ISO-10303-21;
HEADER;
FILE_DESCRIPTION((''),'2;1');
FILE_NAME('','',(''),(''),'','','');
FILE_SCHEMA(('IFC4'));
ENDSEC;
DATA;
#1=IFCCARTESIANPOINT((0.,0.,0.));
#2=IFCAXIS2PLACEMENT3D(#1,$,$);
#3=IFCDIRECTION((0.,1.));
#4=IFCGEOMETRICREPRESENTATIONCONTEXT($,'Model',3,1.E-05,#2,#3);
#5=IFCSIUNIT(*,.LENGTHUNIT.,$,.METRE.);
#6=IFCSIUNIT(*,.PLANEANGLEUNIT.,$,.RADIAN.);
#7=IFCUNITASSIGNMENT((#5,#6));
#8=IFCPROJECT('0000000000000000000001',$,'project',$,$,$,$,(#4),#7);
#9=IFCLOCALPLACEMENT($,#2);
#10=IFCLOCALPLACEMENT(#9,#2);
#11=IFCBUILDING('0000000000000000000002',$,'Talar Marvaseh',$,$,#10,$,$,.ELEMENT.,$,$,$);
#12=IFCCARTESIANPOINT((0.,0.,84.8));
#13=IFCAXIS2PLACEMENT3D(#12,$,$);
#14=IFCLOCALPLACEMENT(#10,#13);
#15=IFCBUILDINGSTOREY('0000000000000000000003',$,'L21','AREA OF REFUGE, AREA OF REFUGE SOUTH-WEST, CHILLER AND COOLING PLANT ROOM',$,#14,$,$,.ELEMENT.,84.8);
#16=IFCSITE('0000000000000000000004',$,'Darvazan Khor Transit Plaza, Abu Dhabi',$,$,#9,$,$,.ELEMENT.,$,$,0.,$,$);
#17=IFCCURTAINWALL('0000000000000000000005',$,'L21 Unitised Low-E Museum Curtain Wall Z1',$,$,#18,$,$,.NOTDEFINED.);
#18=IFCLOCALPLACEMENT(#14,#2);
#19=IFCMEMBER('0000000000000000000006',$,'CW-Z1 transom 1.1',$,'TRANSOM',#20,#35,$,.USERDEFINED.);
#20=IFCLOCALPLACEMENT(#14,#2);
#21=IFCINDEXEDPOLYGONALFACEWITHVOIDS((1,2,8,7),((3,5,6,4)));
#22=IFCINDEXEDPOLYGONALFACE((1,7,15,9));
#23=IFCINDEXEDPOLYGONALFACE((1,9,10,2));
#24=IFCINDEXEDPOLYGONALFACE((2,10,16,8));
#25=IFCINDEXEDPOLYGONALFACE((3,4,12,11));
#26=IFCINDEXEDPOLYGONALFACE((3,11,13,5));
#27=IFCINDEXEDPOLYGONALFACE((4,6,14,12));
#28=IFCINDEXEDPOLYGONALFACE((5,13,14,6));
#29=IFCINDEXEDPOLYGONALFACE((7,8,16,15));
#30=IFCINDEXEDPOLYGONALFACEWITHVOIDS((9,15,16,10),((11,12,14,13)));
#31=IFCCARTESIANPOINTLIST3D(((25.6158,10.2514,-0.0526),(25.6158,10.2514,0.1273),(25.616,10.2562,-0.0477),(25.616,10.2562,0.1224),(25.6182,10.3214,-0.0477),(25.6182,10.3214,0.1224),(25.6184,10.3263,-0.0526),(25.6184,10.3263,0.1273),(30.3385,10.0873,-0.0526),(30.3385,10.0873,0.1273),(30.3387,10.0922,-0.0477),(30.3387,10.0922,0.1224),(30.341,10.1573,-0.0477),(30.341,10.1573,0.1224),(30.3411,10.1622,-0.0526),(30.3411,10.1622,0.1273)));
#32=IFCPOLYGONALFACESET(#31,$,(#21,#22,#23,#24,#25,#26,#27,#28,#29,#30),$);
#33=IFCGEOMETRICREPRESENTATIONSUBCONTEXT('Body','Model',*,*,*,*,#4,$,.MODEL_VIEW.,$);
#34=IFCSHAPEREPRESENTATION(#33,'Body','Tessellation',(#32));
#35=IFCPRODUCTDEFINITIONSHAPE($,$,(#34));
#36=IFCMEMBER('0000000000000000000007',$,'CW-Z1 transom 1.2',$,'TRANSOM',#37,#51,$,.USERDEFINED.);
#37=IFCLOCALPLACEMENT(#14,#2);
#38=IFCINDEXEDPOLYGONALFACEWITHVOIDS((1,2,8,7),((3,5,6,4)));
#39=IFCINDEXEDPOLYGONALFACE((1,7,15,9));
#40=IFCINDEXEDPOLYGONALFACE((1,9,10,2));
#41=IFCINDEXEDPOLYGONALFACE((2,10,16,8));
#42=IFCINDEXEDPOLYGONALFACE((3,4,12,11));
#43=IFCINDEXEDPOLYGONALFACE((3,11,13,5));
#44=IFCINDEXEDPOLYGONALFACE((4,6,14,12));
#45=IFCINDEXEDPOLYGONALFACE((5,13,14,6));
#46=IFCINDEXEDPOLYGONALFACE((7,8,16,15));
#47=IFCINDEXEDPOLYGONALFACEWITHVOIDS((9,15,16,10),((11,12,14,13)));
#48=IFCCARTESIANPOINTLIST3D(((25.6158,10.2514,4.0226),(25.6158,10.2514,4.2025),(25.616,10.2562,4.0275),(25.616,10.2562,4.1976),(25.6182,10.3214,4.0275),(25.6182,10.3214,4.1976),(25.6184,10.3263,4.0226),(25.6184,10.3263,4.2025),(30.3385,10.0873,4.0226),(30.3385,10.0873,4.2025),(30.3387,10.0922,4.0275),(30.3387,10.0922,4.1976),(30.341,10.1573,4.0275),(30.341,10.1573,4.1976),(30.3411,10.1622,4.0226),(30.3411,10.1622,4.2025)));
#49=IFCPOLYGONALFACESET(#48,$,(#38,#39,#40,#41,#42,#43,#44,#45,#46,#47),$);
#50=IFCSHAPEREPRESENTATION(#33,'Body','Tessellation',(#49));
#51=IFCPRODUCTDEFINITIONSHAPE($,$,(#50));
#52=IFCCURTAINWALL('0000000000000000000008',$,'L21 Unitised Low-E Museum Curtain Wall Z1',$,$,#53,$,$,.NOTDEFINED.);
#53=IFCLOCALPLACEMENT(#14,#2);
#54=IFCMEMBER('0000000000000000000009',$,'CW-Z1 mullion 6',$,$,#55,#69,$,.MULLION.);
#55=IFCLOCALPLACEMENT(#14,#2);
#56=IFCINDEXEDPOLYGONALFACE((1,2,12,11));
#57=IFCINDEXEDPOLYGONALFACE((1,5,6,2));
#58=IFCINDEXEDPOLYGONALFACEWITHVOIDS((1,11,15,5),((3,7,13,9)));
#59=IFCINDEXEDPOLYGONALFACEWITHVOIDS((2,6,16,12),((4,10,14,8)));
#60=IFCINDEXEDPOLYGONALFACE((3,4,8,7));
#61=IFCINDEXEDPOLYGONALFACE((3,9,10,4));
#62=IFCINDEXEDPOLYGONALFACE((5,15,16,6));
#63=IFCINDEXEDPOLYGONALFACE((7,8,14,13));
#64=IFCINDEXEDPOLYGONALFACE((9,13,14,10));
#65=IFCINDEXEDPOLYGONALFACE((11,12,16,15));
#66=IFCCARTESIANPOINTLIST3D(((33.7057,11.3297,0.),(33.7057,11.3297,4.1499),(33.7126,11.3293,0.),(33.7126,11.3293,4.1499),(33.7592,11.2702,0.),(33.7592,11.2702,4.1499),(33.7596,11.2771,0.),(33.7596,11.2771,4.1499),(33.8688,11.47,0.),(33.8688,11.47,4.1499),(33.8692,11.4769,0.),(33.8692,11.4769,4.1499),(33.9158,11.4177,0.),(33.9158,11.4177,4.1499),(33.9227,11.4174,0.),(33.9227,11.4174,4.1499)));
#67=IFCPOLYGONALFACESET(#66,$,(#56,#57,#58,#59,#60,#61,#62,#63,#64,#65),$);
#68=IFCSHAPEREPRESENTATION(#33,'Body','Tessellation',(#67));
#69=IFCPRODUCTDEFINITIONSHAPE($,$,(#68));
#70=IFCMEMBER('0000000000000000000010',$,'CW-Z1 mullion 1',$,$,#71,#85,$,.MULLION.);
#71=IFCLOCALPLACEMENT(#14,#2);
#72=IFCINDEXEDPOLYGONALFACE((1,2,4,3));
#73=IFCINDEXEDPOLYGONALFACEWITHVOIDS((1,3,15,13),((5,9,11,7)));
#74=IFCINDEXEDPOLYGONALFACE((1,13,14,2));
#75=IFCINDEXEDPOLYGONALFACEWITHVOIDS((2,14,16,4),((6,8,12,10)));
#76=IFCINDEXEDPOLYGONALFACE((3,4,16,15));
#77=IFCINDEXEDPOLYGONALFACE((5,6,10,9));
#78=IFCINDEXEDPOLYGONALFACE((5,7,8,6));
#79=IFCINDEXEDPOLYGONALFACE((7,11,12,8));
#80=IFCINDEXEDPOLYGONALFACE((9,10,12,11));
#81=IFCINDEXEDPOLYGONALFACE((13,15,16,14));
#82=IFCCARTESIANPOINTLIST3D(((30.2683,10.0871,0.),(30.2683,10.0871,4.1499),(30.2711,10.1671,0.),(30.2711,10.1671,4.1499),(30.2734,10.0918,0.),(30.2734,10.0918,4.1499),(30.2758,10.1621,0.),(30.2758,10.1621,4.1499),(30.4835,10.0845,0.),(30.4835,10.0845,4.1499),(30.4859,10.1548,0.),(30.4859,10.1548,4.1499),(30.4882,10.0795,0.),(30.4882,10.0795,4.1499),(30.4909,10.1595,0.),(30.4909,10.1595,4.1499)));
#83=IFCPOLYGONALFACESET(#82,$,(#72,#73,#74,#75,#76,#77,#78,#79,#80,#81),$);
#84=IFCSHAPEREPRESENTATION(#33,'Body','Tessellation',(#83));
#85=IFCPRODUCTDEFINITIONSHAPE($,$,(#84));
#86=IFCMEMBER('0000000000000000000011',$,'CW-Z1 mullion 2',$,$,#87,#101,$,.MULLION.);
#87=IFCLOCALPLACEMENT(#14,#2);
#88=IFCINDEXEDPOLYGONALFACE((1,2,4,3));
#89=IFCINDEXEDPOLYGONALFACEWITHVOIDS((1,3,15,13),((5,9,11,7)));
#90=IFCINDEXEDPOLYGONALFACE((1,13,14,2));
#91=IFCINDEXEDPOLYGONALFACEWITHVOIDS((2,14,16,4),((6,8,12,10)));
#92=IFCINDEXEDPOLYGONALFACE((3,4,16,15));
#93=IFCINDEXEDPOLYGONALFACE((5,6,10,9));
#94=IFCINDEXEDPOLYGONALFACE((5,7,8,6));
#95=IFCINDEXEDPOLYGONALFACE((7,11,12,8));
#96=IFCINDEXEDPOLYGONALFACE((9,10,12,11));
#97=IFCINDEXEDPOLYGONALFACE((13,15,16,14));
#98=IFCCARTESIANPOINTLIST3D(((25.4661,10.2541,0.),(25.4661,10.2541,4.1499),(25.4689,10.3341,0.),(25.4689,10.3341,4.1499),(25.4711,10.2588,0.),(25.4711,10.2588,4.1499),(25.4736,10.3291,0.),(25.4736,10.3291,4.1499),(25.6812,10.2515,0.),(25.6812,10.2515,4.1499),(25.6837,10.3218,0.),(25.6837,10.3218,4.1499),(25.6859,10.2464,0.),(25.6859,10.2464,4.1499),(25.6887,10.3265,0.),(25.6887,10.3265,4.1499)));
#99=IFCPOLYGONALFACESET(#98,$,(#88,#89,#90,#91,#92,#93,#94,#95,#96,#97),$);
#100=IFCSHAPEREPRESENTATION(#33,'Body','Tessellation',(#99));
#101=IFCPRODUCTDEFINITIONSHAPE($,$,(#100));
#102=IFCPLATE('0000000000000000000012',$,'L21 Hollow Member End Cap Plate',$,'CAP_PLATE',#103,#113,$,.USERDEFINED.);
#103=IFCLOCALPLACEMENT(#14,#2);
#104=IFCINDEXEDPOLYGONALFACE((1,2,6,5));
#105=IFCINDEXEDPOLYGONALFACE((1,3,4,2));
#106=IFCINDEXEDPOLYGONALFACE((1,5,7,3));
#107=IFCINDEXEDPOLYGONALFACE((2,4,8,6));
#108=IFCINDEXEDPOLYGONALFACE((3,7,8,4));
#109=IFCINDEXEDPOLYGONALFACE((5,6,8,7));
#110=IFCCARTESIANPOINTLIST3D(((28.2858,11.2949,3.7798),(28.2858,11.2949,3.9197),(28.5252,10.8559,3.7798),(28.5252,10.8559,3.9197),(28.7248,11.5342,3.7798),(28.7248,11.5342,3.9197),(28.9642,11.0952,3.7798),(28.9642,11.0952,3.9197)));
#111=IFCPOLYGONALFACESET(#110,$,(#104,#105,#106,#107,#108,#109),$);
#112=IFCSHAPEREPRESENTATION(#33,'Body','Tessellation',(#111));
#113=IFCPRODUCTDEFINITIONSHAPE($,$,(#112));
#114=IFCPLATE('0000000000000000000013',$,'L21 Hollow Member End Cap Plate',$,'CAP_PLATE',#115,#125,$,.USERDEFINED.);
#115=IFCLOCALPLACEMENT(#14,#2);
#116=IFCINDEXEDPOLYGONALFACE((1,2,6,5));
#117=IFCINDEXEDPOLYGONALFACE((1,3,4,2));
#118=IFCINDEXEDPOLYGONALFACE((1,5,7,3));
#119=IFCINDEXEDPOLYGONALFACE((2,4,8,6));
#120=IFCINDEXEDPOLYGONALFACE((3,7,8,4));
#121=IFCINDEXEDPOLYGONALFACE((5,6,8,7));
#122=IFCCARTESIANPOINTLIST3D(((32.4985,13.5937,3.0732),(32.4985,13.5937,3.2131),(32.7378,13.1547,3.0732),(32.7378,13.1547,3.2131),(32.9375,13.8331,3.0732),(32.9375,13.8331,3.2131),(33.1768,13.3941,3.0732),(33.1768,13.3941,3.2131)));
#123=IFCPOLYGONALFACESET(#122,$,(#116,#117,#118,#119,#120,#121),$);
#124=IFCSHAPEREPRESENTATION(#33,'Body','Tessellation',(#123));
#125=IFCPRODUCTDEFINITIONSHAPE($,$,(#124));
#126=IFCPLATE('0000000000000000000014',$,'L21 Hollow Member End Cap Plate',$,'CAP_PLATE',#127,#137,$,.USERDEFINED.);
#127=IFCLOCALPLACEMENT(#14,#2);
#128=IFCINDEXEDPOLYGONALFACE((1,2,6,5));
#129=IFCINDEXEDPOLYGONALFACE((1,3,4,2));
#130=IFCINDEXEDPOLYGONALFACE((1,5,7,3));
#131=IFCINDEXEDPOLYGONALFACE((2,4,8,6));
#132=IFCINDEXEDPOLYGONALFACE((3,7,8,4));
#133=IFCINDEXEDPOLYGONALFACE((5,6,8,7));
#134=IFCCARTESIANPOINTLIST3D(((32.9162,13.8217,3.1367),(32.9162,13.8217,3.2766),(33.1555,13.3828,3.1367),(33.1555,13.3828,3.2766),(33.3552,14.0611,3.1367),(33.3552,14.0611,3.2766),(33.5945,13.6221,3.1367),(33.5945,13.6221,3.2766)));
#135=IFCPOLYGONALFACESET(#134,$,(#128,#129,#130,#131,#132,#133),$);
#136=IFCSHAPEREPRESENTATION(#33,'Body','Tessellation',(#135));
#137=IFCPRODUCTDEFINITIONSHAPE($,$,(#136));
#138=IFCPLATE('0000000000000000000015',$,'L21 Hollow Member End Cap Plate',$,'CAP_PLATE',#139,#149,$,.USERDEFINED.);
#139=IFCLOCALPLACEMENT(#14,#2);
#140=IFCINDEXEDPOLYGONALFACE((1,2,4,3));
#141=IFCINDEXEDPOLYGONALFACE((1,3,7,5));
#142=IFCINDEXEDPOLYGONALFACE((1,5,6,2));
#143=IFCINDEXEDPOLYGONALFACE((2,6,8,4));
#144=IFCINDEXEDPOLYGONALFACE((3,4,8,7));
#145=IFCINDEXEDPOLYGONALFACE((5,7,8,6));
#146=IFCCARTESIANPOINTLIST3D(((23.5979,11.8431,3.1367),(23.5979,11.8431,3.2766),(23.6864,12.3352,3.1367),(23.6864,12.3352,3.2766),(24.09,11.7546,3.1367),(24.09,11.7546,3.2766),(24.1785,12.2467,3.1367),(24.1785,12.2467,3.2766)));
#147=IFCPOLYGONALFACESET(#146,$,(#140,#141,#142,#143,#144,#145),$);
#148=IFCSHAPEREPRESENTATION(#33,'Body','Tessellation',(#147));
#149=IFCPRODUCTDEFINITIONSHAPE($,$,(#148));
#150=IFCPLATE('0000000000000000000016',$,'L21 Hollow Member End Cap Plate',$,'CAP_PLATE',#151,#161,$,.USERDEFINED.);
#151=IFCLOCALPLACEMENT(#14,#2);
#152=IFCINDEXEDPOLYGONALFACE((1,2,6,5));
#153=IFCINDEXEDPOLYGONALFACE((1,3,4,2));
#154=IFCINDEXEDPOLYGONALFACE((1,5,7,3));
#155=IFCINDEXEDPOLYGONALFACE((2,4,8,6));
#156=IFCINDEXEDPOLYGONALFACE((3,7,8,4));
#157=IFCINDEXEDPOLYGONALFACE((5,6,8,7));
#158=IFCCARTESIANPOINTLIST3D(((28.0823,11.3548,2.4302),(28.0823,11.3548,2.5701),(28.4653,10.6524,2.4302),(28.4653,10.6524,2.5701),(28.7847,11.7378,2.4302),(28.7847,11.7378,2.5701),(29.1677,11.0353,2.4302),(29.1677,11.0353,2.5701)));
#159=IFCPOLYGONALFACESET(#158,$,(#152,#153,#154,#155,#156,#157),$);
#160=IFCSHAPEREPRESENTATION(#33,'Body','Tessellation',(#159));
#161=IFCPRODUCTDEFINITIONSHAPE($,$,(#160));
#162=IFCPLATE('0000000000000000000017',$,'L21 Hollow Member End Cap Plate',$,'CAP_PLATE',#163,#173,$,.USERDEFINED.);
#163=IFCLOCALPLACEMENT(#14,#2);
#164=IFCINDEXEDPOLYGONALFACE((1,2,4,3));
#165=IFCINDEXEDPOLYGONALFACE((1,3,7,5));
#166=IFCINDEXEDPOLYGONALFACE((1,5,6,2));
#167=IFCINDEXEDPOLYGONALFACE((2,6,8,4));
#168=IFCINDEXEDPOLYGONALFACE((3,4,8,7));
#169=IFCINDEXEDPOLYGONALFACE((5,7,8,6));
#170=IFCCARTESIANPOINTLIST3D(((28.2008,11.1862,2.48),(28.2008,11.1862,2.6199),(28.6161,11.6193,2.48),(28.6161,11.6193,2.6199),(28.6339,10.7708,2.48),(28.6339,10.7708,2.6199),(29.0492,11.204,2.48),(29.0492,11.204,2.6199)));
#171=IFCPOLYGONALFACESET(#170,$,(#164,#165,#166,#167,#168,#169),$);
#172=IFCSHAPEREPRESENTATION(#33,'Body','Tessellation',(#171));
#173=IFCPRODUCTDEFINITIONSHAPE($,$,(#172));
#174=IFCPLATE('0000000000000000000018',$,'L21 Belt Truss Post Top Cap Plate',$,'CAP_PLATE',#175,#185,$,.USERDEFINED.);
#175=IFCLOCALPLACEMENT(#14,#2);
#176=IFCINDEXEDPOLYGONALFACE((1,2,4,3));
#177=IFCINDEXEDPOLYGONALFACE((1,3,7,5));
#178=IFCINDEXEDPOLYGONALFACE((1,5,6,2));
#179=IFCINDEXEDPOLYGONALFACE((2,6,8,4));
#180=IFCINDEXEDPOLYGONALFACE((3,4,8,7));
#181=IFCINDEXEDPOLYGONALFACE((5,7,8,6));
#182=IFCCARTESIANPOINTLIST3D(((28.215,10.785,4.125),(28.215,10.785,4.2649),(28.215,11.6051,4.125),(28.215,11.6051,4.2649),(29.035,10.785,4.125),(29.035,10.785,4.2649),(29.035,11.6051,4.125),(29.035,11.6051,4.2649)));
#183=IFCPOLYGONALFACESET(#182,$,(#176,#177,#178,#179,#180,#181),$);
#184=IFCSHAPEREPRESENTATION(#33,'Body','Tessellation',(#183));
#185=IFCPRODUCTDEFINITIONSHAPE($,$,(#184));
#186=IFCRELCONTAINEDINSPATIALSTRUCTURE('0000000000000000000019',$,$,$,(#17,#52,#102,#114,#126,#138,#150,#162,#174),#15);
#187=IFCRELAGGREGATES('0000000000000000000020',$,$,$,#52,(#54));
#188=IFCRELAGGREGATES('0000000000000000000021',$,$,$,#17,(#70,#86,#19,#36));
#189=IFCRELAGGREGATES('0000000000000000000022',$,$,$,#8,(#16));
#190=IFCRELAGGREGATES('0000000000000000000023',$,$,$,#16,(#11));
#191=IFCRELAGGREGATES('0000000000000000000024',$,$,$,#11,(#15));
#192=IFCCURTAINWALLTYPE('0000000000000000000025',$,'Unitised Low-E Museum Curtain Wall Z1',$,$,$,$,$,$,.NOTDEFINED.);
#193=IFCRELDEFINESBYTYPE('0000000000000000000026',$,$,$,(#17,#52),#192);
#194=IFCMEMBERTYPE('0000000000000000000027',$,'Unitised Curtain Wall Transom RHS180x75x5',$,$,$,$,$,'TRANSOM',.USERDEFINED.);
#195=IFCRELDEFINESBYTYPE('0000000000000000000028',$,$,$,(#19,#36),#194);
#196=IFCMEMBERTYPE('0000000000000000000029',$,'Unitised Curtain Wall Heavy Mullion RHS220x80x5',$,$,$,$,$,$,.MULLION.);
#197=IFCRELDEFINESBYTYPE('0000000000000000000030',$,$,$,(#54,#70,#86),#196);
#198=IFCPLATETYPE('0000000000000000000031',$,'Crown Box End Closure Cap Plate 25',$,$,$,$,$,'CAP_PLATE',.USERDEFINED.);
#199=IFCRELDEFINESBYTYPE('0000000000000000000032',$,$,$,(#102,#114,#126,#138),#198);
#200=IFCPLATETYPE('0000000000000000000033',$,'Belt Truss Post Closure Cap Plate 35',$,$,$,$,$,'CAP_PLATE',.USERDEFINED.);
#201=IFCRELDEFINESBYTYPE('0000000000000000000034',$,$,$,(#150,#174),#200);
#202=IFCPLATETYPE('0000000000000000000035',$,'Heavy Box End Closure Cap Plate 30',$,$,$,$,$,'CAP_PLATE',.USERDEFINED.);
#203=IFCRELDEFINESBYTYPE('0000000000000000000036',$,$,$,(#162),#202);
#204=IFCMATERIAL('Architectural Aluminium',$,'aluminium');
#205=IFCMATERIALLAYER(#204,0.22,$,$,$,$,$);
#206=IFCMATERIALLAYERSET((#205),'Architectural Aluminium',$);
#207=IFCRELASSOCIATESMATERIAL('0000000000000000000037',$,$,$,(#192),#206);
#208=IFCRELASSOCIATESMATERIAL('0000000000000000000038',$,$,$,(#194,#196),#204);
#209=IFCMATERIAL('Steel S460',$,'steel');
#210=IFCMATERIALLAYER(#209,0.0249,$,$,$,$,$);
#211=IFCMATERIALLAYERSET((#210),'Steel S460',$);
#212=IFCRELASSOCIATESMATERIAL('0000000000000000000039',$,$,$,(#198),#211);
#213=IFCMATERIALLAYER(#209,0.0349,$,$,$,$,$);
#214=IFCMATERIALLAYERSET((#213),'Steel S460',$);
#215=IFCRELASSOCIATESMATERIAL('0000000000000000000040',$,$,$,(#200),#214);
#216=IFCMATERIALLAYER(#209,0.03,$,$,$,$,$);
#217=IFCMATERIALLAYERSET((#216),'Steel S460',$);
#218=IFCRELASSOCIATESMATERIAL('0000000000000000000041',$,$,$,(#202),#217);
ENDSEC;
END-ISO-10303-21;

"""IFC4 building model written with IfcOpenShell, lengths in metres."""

from ifc_helpers import new_model, si_unit, direction, frame, origin, origin_2d, place, context, subcontext, project, spatial, rectangle, hollow_rectangle, extrude, source, transform, mapped, material, layer, layer_set, material_profile, profile_set, type_object, type_shapes, element, aggregate, save


model = new_model("IFC4")

# Units and contexts
model_context = context("Model", 3, precision=1e-05, world=origin(), true_north=direction((0.0, 1.0)))
body_context = subcontext(model_context, "Body", "Model", "MODEL_VIEW")
ifc_project = project(units=[si_unit("LENGTHUNIT", "METRE"), si_unit("PLANEANGLEUNIT", "RADIAN")], contexts=[model_context])

# Site, building, storey
site_placement = place(None, origin())
site = spatial("IfcSite", under=ifc_project, at=site_placement, Name="Darvazan Khor Transit Plaza, Abu Dhabi", CompositionType="ELEMENT", RefElevation=0.0)
building_placement = place(site_placement, origin())
building = spatial("IfcBuilding", under=site, at=building_placement, Name="Talar Marvaseh", CompositionType="ELEMENT")
storey_placement = place(building_placement, frame((0.0, 0.0, 84.8)))
storey = spatial("IfcBuildingStorey", under=building, at=storey_placement, Name="L21", Description="AREA OF REFUGE, AREA OF REFUGE SOUTH-WEST, CHILLER AND COOLING PLANT ROOM", CompositionType="ELEMENT", Elevation=84.8)

# Shared definitions
ifc_material_1 = material(Name="Steel S460", Category="steel")

# Curtain wall, members
ifc_material_2 = material(Name="Architectural Aluminium", Category="aluminium")
ifc_layer_1 = layer(ifc_material_2, 0.22)
ifc_layer_set_1 = layer_set([ifc_layer_1], Name="Architectural Aluminium")
curtain_wall_type = type_object("IfcCurtainWallType", Name="Unitised Low-E Museum Curtain Wall Z1", PredefinedType="NOTDEFINED", material=ifc_layer_set_1)
curtain_wall_1_placement = place(storey_placement, origin())
curtain_wall_1 = element("IfcCurtainWall", 1, at=curtain_wall_1_placement, inside=storey, type_object=curtain_wall_type, Name="L21 Unitised Low-E Museum Curtain Wall Z1", PredefinedType="NOTDEFINED")
ifc_material_profile_1 = material_profile(ifc_material_2, hollow_rectangle(XDim=0.075, YDim=0.1799, WallThickness=0.0049, at=origin_2d()), Name="RHS180x75x5")
ifc_profile_set_1 = profile_set([ifc_material_profile_1], Name="Architectural Aluminium")
member_type_1 = type_object("IfcMemberType", Name="Unitised Curtain Wall Transom RHS180x75x5", ElementType="TRANSOM", PredefinedType="USERDEFINED", material=ifc_profile_set_1)
shared_shape_1 = source(origin(), body_context, "Body", "SweptSolid", [
    extrude(hollow_rectangle(XDim=0.075, YDim=0.1799, WallThickness=0.0049, at=origin_2d()), origin(), (0.0, 0.0, 1.0), 4.7256),
])
member_1_placement = place(storey_placement, frame((30.3398, 10.1248, 0.0374), z_axis=(-0.999397, 0.034719, 0.0), x_axis=(-0.034719, -0.999397, 0.0)))
member_1 = element("IfcMember", 2, at=member_1_placement, type_object=member_type_1, Name="CW-Z1 transom 1.1", ObjectType="TRANSOM", PredefinedType="USERDEFINED", context=body_context, shape_type="MappedRepresentation", body=[
    mapped(shared_shape_1, transform((0.0, 0.0, 0.0), x_axis=(1.0, 0.0, 0.0), y_axis=(0.0, 1.0, 0.0), z_axis=(0.0, 0.0, 1.0), scale=1.0)),
])
member_2_placement = place(storey_placement, frame((30.3398, 10.1248, 4.1125), z_axis=(-0.999397, 0.034719, 0.0), x_axis=(-0.034719, -0.999397, 0.0)))
member_2 = element("IfcMember", 3, at=member_2_placement, type_object=member_type_1, Name="CW-Z1 transom 1.2", ObjectType="TRANSOM", PredefinedType="USERDEFINED", context=body_context, shape_type="MappedRepresentation", body=[
    mapped(shared_shape_1, transform((0.0, 0.0, 0.0), x_axis=(1.0, 0.0, 0.0), y_axis=(0.0, 1.0, 0.0), z_axis=(0.0, 0.0, 1.0), scale=1.0)),
])

# Curtain wall, member
curtain_wall_2_placement = place(storey_placement, origin())
curtain_wall_2 = element("IfcCurtainWall", 4, at=curtain_wall_2_placement, inside=storey, type_object=curtain_wall_type, Name="L21 Unitised Low-E Museum Curtain Wall Z1", PredefinedType="NOTDEFINED")
ifc_material_profile_2 = material_profile(ifc_material_2, hollow_rectangle(XDim=0.0801, YDim=0.22, WallThickness=0.0049, at=origin_2d()), Name="RHS220x80x5")
ifc_profile_set_2 = profile_set([ifc_material_profile_2], Name="Architectural Aluminium")
member_type_2 = type_object("IfcMemberType", Name="Unitised Curtain Wall Heavy Mullion RHS220x80x5", PredefinedType="MULLION", material=ifc_profile_set_2)
shared_shape_2 = source(origin(), body_context, "Body", "SweptSolid", [
    extrude(hollow_rectangle(XDim=0.0801, YDim=0.22, WallThickness=0.0049, at=origin_2d()), origin(), (0.0, 0.0, 1.0), 4.1499),
])
type_shapes(member_type_2, [shared_shape_2])
member_3_placement = place(storey_placement, frame((33.8142, 11.3735, 0.0), z_axis=(0.0, 0.0, 1.0), x_axis=(0.669016, -0.743248, 0.0)))
member_3 = element("IfcMember", 5, at=member_3_placement, type_object=member_type_2, Name="CW-Z1 mullion 6", PredefinedType="MULLION", context=body_context, shape_type="MappedRepresentation", body=[
    mapped(shared_shape_2, transform((0.0, 0.0, 0.0), x_axis=(1.0, 0.0, 0.0), y_axis=(0.0, 1.0, 0.0), z_axis=(0.0, 0.0, 1.0), scale=1.0)),
])

# Members
member_4_placement = place(storey_placement, frame((30.3796, 10.1233, 0.0), z_axis=(0.0, 0.0, 1.0), x_axis=(-0.034747, -0.999396, 0.0)))
member_4 = element("IfcMember", 6, at=member_4_placement, type_object=member_type_2, Name="CW-Z1 mullion 1", PredefinedType="MULLION", context=body_context, shape_type="MappedRepresentation", body=[
    mapped(shared_shape_2, transform((0.0, 0.0, 0.0), x_axis=(1.0, 0.0, 0.0), y_axis=(0.0, 1.0, 0.0), z_axis=(0.0, 0.0, 1.0), scale=1.0)),
])
member_5_placement = place(storey_placement, frame((25.5774, 10.2903, 0.0), z_axis=(0.0, 0.0, 1.0), x_axis=(-0.034747, -0.999396, 0.0)))
member_5 = element("IfcMember", 7, at=member_5_placement, type_object=member_type_2, Name="CW-Z1 mullion 2", PredefinedType="MULLION", context=body_context, shape_type="MappedRepresentation", body=[
    mapped(shared_shape_2, transform((0.0, 0.0, 0.0), x_axis=(1.0, 0.0, 0.0), y_axis=(0.0, 1.0, 0.0), z_axis=(0.0, 0.0, 1.0), scale=1.0)),
])

# Plates
ifc_layer_2 = layer(ifc_material_1, 0.0249)
ifc_layer_set_2 = layer_set([ifc_layer_2], Name="Steel S460")
plate_type_1 = type_object("IfcPlateType", Name="Crown Box End Closure Cap Plate 25", ElementType="CAP_PLATE", PredefinedType="USERDEFINED", material=ifc_layer_set_2)
shared_shape_3 = source(origin(), body_context, "Body", "SweptSolid", [
    extrude(rectangle(XDim=0.5, YDim=0.5, at=origin_2d()), origin(), (0.0, 0.0, 1.0), 0.1399),
])
type_shapes(plate_type_1, [shared_shape_3])
for number, where, z_axis, x_axis, name in (
    (8, (28.625, 11.1951, 3.7798), (0.0, 0.0, 1.0), (-0.877983, -0.478692, 0.0), "L21 Hollow Member End Cap Plate"),
    (9, (32.8376, 13.4939, 3.0732), (0.0, 0.0, 1.0), (0.877983, 0.478692, 0.0), "L21 Hollow Member End Cap Plate"),
    (10, (33.2554, 13.7219, 3.1367), (0.0, 0.0, 1.0), (0.877983, 0.478692, 0.0), "L21 Hollow Member End Cap Plate"),
    (11, (23.8882, 12.0449, 3.1367), (0.0, 0.0, 1.0), (0.984196, -0.177085, 0.0), "L21 Hollow Member End Cap Plate"),
):
    element("IfcPlate", number, at=place(storey_placement, frame(where, z_axis=z_axis, x_axis=x_axis)), inside=storey, type_object=plate_type_1, Name=name, ObjectType="CAP_PLATE", PredefinedType="USERDEFINED", context=body_context, shape_type="MappedRepresentation", body=[
        mapped(shared_shape_3, transform((0.0, 0.0, 0.0), x_axis=(1.0, 0.0, 0.0), y_axis=(0.0, 1.0, 0.0), z_axis=(0.0, 0.0, 1.0), scale=1.0)),
    ])
ifc_layer_3 = layer(ifc_material_1, 0.0349)
ifc_layer_set_3 = layer_set([ifc_layer_3], Name="Steel S460")
plate_type_2 = type_object("IfcPlateType", Name="Belt Truss Post Closure Cap Plate 35", ElementType="CAP_PLATE", PredefinedType="USERDEFINED", material=ifc_layer_set_3)
shared_shape_4 = source(origin(), body_context, "Body", "SweptSolid", [
    extrude(rectangle(XDim=0.8, YDim=0.8, at=origin_2d()), origin(), (0.0, 0.0, 1.0), 0.1399),
])
plate_1_placement = place(storey_placement, frame((28.625, 11.1951, 2.4302), z_axis=(0.0, 0.0, 1.0), x_axis=(-0.877983, -0.478692, 0.0)))
element("IfcPlate", 12, at=plate_1_placement, inside=storey, type_object=plate_type_2, Name="L21 Hollow Member End Cap Plate", ObjectType="CAP_PLATE", PredefinedType="USERDEFINED", context=body_context, shape_type="MappedRepresentation", body=[
    mapped(shared_shape_4, transform((0.0, 0.0, 0.0), x_axis=(1.0, 0.0, 0.0), y_axis=(0.0, 1.0, 0.0), z_axis=(0.0, 0.0, 1.0), scale=1.0)),
])
ifc_layer_4 = layer(ifc_material_1, 0.03)
ifc_layer_set_4 = layer_set([ifc_layer_4], Name="Steel S460")
plate_type_3 = type_object("IfcPlateType", Name="Heavy Box End Closure Cap Plate 30", ElementType="CAP_PLATE", PredefinedType="USERDEFINED", material=ifc_layer_set_4)
shared_shape_5 = source(origin(), body_context, "Body", "SweptSolid", [
    extrude(rectangle(XDim=0.6001, YDim=0.6001, at=origin_2d()), origin(), (0.0, 0.0, 1.0), 0.1399),
])
type_shapes(plate_type_3, [shared_shape_5])
plate_2_placement = place(storey_placement, frame((28.625, 11.1951, 2.48), z_axis=(0.0, 0.0, 1.0), x_axis=(0.692143, 0.72176, 0.0)))
element("IfcPlate", 13, at=plate_2_placement, inside=storey, type_object=plate_type_3, Name="L21 Hollow Member End Cap Plate", ObjectType="CAP_PLATE", PredefinedType="USERDEFINED", context=body_context, shape_type="MappedRepresentation", body=[
    mapped(shared_shape_5, transform((0.0, 0.0, 0.0), x_axis=(1.0, 0.0, 0.0), y_axis=(0.0, 1.0, 0.0), z_axis=(0.0, 0.0, 1.0), scale=1.0)),
])
shared_shape_6 = source(origin(), body_context, "Body", "SweptSolid", [
    extrude(rectangle(XDim=0.8201, YDim=0.8201, at=origin_2d()), origin(), (0.0, 0.0, 1.0), 0.1399),
])
type_shapes(plate_type_2, [shared_shape_4, shared_shape_6])
plate_3_placement = place(storey_placement, frame((28.625, 11.1951, 4.125), z_axis=(0.0, 0.0, 1.0), x_axis=(1.0, 0.0, 0.0)))
element("IfcPlate", 14, at=plate_3_placement, inside=storey, type_object=plate_type_2, Name="L21 Belt Truss Post Top Cap Plate", ObjectType="CAP_PLATE", PredefinedType="USERDEFINED", context=body_context, shape_type="MappedRepresentation", body=[
    mapped(shared_shape_6, transform((0.0, 0.0, 0.0), x_axis=(1.0, 0.0, 0.0), y_axis=(0.0, 1.0, 0.0), z_axis=(0.0, 0.0, 1.0), scale=1.0)),
])

aggregate(curtain_wall_2, [member_3])
aggregate(curtain_wall_1, [member_4, member_5, member_1, member_2])

save(model, "model.ifc")
